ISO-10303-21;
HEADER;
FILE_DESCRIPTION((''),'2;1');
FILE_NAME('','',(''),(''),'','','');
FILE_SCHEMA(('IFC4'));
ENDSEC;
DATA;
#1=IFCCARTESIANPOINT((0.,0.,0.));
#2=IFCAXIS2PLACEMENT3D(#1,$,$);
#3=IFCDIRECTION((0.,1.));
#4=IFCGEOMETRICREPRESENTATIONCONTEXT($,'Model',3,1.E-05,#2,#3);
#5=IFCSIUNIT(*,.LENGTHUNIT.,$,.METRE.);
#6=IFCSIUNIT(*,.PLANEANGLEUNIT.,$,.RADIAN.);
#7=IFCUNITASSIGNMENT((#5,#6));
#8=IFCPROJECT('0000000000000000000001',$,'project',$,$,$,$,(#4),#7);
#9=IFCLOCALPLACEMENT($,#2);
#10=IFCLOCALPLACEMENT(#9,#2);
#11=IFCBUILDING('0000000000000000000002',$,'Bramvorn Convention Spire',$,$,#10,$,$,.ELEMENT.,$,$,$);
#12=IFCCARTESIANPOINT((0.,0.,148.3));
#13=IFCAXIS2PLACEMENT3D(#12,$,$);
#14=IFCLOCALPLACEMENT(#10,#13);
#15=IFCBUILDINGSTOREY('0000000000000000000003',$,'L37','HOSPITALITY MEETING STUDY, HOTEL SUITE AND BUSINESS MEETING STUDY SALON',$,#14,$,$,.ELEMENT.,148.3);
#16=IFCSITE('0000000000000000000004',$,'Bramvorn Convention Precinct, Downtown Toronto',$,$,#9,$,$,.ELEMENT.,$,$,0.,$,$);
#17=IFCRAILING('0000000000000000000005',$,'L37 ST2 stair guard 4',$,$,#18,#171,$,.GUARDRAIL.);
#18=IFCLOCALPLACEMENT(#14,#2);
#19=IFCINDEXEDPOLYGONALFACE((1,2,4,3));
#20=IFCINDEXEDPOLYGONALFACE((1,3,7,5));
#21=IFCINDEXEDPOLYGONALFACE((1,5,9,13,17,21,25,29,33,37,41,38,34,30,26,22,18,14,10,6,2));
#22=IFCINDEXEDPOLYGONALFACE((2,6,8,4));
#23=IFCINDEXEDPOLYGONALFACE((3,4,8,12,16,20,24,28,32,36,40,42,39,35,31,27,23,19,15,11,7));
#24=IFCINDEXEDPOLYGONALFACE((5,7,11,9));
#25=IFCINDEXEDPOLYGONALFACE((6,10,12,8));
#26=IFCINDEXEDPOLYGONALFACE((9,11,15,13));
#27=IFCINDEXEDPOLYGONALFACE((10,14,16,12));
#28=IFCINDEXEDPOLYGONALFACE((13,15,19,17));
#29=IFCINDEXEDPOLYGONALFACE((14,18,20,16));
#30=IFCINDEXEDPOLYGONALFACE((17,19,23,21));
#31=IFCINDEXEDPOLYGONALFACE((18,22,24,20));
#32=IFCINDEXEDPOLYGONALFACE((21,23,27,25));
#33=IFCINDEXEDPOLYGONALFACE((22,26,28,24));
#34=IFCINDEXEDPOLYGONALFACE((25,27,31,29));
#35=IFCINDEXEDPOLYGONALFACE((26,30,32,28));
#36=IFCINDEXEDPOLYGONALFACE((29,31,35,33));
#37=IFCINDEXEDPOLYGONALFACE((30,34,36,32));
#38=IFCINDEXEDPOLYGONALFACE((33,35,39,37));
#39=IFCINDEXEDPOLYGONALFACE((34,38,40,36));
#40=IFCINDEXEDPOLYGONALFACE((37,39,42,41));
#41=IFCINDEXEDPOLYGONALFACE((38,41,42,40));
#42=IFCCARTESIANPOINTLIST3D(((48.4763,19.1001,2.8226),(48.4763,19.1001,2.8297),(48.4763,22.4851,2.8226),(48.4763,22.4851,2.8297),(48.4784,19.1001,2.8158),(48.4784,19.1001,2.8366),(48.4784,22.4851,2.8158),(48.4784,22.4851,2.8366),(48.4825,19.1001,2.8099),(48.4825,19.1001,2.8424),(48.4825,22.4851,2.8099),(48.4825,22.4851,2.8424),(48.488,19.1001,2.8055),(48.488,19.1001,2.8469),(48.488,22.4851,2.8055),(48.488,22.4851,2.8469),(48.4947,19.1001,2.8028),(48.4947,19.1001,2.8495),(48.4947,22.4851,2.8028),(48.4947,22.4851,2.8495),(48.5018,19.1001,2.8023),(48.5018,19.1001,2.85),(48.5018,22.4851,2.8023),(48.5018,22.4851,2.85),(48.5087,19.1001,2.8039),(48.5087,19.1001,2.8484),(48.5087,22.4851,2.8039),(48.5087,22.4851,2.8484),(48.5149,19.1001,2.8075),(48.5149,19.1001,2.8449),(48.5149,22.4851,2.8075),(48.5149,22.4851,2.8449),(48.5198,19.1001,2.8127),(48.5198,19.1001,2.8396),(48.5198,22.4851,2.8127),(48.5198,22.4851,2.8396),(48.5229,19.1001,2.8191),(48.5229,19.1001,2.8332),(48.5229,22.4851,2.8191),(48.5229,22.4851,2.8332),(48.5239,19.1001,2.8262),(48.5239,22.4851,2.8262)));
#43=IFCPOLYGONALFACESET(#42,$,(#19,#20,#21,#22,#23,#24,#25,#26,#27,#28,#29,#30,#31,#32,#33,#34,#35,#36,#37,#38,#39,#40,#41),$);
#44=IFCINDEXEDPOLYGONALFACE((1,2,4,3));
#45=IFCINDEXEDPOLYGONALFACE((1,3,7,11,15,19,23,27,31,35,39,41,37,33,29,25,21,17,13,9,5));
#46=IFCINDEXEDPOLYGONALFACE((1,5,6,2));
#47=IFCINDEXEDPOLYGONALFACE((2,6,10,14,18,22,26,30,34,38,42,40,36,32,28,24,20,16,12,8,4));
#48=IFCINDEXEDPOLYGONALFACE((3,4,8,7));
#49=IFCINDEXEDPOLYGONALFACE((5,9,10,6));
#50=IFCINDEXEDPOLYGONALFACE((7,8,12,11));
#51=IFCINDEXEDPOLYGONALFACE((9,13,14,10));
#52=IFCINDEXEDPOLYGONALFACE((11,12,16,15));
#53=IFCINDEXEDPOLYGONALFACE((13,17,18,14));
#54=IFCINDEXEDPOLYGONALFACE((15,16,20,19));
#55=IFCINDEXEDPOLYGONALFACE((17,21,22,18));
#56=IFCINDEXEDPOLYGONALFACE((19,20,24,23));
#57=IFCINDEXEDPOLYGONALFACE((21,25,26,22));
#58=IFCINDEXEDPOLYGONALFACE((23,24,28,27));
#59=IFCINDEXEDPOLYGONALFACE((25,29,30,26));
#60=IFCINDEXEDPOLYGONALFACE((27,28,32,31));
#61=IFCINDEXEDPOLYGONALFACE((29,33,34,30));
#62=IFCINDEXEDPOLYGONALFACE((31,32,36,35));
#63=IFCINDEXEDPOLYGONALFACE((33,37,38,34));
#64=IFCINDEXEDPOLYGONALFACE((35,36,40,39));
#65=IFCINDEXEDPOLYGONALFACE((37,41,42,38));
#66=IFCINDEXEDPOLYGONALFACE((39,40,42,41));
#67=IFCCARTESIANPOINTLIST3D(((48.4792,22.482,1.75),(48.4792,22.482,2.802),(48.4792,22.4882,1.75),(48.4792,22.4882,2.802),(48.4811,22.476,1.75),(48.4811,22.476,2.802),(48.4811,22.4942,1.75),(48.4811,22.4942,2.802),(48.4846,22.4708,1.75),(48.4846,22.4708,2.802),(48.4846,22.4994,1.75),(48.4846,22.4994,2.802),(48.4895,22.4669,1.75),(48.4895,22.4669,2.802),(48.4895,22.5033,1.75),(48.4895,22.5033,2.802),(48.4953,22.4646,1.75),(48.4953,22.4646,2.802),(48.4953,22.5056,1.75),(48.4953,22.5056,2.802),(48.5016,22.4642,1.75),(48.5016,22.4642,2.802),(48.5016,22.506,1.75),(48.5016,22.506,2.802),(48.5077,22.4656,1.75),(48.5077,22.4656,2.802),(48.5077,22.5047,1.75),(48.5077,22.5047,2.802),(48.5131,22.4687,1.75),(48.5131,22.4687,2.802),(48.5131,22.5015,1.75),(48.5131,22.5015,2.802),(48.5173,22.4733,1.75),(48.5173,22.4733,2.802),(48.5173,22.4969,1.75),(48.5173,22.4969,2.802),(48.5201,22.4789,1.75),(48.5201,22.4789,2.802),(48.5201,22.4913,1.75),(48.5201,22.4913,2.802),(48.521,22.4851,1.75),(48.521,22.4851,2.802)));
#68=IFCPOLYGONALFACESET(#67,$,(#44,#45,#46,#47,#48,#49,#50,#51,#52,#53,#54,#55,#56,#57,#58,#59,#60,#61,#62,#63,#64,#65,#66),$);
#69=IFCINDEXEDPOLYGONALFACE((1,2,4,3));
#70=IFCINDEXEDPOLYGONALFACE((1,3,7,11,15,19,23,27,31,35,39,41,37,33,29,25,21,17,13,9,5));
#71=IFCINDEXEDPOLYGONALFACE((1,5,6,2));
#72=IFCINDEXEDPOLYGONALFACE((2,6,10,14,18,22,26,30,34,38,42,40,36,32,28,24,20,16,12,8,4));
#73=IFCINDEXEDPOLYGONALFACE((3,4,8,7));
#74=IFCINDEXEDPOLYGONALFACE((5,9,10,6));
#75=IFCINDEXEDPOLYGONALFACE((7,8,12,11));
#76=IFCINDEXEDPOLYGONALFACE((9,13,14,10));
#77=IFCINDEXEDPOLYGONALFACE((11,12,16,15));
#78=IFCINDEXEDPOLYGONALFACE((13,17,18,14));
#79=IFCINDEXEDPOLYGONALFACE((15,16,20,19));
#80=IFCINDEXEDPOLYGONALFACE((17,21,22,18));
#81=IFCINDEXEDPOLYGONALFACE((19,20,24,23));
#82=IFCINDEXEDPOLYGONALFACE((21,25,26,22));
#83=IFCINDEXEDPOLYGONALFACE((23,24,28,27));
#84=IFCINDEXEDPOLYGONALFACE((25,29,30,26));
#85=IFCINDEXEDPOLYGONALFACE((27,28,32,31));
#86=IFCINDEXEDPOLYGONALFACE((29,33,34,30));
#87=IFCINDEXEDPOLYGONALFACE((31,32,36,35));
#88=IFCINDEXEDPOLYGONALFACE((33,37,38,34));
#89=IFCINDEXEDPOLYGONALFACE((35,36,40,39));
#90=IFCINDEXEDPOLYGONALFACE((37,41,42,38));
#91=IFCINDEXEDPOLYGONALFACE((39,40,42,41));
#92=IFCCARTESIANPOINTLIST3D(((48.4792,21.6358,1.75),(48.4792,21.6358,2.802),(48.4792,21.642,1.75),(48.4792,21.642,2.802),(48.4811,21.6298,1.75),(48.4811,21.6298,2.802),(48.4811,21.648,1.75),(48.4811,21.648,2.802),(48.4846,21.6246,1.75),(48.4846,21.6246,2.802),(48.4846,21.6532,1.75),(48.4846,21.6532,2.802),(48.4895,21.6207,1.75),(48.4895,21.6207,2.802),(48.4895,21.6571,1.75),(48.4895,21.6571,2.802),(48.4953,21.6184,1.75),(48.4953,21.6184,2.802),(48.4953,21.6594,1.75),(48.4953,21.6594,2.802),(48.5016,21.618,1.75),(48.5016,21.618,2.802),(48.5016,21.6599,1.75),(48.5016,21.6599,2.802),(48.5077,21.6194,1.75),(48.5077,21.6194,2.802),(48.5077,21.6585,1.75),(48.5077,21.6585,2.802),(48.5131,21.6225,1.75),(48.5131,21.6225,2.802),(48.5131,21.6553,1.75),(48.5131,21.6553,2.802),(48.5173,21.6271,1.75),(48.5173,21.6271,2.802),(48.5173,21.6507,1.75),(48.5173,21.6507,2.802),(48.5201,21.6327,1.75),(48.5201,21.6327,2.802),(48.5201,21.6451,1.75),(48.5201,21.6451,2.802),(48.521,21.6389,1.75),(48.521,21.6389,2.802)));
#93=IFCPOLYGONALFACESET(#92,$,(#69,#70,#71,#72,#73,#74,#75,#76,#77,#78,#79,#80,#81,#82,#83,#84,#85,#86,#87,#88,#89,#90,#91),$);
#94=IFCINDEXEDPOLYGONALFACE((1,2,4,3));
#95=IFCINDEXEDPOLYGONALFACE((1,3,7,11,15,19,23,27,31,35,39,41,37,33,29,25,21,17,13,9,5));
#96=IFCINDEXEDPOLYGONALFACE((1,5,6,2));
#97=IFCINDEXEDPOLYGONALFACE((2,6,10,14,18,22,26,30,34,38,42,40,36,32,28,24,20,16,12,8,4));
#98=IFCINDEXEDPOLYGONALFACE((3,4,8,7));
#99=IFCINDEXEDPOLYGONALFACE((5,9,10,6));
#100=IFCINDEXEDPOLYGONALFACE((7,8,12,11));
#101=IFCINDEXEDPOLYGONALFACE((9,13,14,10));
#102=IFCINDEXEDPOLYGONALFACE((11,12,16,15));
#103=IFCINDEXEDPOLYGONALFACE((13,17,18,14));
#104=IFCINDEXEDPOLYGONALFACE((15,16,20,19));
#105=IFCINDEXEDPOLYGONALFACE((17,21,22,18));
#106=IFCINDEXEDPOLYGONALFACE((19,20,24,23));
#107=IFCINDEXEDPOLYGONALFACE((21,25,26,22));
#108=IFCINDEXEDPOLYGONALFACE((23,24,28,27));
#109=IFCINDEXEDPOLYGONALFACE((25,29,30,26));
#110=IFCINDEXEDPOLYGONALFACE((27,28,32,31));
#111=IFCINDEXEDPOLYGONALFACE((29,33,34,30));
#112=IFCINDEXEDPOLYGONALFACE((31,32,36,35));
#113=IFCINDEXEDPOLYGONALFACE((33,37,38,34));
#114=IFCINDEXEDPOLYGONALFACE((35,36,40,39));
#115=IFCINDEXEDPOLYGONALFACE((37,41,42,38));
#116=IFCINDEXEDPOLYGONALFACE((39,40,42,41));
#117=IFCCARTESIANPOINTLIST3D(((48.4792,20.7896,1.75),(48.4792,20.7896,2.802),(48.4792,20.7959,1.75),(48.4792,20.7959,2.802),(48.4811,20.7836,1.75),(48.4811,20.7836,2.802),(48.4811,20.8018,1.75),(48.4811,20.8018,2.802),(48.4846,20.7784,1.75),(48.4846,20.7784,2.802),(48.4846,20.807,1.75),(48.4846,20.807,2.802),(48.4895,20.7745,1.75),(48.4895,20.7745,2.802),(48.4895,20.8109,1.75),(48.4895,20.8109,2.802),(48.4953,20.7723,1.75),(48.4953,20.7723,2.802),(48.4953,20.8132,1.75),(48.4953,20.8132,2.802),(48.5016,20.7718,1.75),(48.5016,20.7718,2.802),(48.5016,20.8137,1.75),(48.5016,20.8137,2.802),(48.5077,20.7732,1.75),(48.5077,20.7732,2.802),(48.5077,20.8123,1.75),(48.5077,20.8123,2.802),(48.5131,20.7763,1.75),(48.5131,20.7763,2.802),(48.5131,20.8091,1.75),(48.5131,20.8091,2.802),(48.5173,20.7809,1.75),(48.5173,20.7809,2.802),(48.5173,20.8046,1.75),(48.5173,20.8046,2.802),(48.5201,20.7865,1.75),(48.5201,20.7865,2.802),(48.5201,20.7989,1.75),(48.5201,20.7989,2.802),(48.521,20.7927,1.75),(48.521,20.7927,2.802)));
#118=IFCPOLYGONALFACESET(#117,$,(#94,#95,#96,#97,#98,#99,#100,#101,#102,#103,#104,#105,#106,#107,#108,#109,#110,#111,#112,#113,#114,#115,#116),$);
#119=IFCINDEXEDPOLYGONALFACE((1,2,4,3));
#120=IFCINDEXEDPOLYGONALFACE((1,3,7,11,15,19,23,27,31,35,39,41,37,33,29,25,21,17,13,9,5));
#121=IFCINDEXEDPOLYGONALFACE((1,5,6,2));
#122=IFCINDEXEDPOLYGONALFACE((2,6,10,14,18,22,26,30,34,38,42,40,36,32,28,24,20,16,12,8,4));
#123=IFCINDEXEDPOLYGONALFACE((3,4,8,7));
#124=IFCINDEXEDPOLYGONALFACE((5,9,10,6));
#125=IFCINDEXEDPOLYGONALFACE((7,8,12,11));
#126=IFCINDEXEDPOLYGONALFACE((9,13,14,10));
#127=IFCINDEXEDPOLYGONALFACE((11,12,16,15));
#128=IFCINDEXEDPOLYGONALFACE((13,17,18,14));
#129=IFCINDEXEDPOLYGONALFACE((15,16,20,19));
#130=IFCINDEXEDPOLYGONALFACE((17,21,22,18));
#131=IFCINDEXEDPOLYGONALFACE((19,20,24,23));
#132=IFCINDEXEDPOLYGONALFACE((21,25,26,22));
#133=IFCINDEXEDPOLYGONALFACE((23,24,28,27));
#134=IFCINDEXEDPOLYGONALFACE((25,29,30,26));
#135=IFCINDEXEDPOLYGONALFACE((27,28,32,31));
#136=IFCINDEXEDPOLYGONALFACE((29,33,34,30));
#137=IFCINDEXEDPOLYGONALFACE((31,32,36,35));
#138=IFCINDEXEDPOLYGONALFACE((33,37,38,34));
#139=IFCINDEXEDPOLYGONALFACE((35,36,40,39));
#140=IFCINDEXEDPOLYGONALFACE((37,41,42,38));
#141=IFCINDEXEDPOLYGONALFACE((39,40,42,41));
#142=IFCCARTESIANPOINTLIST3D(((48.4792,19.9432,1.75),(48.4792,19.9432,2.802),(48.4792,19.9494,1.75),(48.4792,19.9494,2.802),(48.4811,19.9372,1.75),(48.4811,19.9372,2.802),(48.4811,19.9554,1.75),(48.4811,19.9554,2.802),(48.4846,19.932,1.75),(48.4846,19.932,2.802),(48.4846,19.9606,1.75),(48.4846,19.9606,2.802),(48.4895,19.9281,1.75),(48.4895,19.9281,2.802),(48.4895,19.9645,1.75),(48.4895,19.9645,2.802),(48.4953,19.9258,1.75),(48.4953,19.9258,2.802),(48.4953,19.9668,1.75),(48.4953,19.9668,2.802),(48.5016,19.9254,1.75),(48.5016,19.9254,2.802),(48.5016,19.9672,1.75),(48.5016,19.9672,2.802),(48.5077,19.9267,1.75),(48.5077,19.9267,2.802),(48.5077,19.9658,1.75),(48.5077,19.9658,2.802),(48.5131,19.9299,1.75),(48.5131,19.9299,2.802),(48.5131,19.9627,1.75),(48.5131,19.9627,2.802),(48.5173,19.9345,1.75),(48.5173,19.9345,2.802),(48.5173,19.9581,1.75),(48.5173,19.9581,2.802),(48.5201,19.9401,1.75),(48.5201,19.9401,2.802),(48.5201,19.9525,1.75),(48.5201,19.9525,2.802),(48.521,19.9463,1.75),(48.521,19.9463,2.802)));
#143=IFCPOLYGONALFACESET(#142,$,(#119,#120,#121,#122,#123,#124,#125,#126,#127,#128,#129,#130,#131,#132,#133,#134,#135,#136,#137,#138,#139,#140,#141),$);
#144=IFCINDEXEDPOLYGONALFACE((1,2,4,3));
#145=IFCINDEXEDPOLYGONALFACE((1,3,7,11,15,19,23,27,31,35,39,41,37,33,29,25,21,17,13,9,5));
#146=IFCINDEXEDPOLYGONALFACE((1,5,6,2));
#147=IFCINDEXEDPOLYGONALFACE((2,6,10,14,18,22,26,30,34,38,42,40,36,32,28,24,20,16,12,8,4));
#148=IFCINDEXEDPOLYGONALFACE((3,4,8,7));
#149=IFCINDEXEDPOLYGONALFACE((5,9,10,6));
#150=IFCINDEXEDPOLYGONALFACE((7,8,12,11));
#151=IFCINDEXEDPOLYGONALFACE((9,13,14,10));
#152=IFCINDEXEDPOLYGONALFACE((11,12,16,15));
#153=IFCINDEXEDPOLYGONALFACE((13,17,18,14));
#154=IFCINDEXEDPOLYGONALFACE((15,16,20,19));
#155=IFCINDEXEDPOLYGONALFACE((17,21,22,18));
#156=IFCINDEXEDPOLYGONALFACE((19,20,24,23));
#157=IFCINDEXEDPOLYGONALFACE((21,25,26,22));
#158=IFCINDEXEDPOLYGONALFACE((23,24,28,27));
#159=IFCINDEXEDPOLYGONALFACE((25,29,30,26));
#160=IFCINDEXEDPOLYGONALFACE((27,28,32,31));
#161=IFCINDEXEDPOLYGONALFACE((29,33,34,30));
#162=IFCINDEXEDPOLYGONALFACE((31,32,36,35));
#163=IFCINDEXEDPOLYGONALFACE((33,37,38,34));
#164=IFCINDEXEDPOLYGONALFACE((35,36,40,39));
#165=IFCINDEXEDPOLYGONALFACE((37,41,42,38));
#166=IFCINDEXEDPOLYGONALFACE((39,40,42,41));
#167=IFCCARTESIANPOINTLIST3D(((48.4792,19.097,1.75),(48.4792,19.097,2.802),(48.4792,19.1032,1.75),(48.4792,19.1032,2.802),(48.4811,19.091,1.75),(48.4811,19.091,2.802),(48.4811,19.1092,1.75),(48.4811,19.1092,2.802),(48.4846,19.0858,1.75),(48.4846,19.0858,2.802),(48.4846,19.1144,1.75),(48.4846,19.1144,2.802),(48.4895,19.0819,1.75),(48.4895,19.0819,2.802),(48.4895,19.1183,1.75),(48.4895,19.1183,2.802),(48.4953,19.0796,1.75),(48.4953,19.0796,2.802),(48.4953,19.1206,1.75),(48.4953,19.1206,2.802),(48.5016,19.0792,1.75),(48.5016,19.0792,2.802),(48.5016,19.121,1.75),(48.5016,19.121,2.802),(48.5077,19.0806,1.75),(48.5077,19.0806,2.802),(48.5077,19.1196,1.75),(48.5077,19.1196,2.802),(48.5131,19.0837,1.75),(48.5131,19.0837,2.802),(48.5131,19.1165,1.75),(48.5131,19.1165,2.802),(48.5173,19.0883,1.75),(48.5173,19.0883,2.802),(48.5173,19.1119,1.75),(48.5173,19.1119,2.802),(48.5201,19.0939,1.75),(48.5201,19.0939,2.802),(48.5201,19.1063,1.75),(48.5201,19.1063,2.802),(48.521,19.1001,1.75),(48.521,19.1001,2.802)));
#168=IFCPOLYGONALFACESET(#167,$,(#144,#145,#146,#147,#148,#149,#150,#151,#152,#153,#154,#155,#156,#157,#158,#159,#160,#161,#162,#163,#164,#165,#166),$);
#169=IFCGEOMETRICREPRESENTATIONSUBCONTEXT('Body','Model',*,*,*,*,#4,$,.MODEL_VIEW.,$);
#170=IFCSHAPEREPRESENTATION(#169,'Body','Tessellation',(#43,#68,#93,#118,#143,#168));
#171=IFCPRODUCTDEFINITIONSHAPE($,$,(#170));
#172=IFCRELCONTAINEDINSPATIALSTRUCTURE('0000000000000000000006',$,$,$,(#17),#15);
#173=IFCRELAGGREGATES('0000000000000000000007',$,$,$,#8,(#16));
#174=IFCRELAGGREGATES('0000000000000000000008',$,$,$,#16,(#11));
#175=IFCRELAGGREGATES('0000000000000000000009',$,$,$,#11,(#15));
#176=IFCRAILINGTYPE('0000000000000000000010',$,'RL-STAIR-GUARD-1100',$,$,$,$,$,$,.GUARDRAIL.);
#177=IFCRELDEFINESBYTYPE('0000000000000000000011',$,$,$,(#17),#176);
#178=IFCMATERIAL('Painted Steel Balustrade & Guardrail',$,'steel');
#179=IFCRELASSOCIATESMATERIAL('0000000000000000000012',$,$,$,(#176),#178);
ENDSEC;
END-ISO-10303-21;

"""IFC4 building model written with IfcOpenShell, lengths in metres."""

from ifc_helpers import new_model, si_unit, direction, frame, origin, origin_2d, place, context, subcontext, project, spatial, circle, extrude, material, type_object, element, save


model = new_model("IFC4")

# Units and contexts
model_context = context("Model", 3, precision=1e-05, world=origin(), true_north=direction((0.0, 1.0)))
body_context = subcontext(model_context, "Body", "Model", "MODEL_VIEW")
ifc_project = project(units=[si_unit("LENGTHUNIT", "METRE"), si_unit("PLANEANGLEUNIT", "RADIAN")], contexts=[model_context])

# Site, building, storey
site_placement = place(None, origin())
site = spatial("IfcSite", under=ifc_project, at=site_placement, Name="Bramvorn Convention Precinct, Downtown Toronto", CompositionType="ELEMENT", RefElevation=0.0)
building_placement = place(site_placement, origin())
building = spatial("IfcBuilding", under=site, at=building_placement, Name="Bramvorn Convention Spire", CompositionType="ELEMENT")
storey_placement = place(building_placement, frame((0.0, 0.0, 148.3)))
storey = spatial("IfcBuildingStorey", under=building, at=storey_placement, Name="L37", Description="HOSPITALITY MEETING STUDY, HOTEL SUITE AND BUSINESS MEETING STUDY SALON", CompositionType="ELEMENT", Elevation=148.3)

# Railing
ifc_material_1 = material(Name="Painted Steel Balustrade & Guardrail", Category="steel")
railing_type_1 = type_object("IfcRailingType", Name="RL-STAIR-GUARD-1100", PredefinedType="GUARDRAIL", material=ifc_material_1)
railing_1_placement = place(storey_placement, frame((48.5, 22.4851, 1.75)))
element("IfcRailing", 1, at=railing_1_placement, inside=storey, type_object=railing_type_1, Name="L37 ST2 stair guard 4", PredefinedType="GUARDRAIL", context=body_context, shape_type="SweptSolid", body=[
    extrude(circle(Radius=0.0239, at=origin_2d()), frame((0.0, 0.0, 1.0762), z_axis=(0.0, -1.0, 0.0), x_axis=(1.0, 0.0, 0.0)), (0.0, 0.0, 1.0), 3.385),
    extrude(circle(Radius=0.021, at=origin_2d()), origin(), (0.0, 0.0, 1.0), 1.052),
    extrude(circle(Radius=0.021, at=origin_2d()), frame((0.0, -0.8462, 0.0)), (0.0, 0.0, 1.0), 1.052),
    extrude(circle(Radius=0.021, at=origin_2d()), frame((0.0, -1.6924, 0.0)), (0.0, 0.0, 1.0), 1.052),
    extrude(circle(Radius=0.021, at=origin_2d()), frame((0.0, -2.5388, 0.0)), (0.0, 0.0, 1.0), 1.052),
    extrude(circle(Radius=0.021, at=origin_2d()), frame((0.0, -3.385, 0.0)), (0.0, 0.0, 1.0), 1.052),
])

save(model, "model.ifc")
